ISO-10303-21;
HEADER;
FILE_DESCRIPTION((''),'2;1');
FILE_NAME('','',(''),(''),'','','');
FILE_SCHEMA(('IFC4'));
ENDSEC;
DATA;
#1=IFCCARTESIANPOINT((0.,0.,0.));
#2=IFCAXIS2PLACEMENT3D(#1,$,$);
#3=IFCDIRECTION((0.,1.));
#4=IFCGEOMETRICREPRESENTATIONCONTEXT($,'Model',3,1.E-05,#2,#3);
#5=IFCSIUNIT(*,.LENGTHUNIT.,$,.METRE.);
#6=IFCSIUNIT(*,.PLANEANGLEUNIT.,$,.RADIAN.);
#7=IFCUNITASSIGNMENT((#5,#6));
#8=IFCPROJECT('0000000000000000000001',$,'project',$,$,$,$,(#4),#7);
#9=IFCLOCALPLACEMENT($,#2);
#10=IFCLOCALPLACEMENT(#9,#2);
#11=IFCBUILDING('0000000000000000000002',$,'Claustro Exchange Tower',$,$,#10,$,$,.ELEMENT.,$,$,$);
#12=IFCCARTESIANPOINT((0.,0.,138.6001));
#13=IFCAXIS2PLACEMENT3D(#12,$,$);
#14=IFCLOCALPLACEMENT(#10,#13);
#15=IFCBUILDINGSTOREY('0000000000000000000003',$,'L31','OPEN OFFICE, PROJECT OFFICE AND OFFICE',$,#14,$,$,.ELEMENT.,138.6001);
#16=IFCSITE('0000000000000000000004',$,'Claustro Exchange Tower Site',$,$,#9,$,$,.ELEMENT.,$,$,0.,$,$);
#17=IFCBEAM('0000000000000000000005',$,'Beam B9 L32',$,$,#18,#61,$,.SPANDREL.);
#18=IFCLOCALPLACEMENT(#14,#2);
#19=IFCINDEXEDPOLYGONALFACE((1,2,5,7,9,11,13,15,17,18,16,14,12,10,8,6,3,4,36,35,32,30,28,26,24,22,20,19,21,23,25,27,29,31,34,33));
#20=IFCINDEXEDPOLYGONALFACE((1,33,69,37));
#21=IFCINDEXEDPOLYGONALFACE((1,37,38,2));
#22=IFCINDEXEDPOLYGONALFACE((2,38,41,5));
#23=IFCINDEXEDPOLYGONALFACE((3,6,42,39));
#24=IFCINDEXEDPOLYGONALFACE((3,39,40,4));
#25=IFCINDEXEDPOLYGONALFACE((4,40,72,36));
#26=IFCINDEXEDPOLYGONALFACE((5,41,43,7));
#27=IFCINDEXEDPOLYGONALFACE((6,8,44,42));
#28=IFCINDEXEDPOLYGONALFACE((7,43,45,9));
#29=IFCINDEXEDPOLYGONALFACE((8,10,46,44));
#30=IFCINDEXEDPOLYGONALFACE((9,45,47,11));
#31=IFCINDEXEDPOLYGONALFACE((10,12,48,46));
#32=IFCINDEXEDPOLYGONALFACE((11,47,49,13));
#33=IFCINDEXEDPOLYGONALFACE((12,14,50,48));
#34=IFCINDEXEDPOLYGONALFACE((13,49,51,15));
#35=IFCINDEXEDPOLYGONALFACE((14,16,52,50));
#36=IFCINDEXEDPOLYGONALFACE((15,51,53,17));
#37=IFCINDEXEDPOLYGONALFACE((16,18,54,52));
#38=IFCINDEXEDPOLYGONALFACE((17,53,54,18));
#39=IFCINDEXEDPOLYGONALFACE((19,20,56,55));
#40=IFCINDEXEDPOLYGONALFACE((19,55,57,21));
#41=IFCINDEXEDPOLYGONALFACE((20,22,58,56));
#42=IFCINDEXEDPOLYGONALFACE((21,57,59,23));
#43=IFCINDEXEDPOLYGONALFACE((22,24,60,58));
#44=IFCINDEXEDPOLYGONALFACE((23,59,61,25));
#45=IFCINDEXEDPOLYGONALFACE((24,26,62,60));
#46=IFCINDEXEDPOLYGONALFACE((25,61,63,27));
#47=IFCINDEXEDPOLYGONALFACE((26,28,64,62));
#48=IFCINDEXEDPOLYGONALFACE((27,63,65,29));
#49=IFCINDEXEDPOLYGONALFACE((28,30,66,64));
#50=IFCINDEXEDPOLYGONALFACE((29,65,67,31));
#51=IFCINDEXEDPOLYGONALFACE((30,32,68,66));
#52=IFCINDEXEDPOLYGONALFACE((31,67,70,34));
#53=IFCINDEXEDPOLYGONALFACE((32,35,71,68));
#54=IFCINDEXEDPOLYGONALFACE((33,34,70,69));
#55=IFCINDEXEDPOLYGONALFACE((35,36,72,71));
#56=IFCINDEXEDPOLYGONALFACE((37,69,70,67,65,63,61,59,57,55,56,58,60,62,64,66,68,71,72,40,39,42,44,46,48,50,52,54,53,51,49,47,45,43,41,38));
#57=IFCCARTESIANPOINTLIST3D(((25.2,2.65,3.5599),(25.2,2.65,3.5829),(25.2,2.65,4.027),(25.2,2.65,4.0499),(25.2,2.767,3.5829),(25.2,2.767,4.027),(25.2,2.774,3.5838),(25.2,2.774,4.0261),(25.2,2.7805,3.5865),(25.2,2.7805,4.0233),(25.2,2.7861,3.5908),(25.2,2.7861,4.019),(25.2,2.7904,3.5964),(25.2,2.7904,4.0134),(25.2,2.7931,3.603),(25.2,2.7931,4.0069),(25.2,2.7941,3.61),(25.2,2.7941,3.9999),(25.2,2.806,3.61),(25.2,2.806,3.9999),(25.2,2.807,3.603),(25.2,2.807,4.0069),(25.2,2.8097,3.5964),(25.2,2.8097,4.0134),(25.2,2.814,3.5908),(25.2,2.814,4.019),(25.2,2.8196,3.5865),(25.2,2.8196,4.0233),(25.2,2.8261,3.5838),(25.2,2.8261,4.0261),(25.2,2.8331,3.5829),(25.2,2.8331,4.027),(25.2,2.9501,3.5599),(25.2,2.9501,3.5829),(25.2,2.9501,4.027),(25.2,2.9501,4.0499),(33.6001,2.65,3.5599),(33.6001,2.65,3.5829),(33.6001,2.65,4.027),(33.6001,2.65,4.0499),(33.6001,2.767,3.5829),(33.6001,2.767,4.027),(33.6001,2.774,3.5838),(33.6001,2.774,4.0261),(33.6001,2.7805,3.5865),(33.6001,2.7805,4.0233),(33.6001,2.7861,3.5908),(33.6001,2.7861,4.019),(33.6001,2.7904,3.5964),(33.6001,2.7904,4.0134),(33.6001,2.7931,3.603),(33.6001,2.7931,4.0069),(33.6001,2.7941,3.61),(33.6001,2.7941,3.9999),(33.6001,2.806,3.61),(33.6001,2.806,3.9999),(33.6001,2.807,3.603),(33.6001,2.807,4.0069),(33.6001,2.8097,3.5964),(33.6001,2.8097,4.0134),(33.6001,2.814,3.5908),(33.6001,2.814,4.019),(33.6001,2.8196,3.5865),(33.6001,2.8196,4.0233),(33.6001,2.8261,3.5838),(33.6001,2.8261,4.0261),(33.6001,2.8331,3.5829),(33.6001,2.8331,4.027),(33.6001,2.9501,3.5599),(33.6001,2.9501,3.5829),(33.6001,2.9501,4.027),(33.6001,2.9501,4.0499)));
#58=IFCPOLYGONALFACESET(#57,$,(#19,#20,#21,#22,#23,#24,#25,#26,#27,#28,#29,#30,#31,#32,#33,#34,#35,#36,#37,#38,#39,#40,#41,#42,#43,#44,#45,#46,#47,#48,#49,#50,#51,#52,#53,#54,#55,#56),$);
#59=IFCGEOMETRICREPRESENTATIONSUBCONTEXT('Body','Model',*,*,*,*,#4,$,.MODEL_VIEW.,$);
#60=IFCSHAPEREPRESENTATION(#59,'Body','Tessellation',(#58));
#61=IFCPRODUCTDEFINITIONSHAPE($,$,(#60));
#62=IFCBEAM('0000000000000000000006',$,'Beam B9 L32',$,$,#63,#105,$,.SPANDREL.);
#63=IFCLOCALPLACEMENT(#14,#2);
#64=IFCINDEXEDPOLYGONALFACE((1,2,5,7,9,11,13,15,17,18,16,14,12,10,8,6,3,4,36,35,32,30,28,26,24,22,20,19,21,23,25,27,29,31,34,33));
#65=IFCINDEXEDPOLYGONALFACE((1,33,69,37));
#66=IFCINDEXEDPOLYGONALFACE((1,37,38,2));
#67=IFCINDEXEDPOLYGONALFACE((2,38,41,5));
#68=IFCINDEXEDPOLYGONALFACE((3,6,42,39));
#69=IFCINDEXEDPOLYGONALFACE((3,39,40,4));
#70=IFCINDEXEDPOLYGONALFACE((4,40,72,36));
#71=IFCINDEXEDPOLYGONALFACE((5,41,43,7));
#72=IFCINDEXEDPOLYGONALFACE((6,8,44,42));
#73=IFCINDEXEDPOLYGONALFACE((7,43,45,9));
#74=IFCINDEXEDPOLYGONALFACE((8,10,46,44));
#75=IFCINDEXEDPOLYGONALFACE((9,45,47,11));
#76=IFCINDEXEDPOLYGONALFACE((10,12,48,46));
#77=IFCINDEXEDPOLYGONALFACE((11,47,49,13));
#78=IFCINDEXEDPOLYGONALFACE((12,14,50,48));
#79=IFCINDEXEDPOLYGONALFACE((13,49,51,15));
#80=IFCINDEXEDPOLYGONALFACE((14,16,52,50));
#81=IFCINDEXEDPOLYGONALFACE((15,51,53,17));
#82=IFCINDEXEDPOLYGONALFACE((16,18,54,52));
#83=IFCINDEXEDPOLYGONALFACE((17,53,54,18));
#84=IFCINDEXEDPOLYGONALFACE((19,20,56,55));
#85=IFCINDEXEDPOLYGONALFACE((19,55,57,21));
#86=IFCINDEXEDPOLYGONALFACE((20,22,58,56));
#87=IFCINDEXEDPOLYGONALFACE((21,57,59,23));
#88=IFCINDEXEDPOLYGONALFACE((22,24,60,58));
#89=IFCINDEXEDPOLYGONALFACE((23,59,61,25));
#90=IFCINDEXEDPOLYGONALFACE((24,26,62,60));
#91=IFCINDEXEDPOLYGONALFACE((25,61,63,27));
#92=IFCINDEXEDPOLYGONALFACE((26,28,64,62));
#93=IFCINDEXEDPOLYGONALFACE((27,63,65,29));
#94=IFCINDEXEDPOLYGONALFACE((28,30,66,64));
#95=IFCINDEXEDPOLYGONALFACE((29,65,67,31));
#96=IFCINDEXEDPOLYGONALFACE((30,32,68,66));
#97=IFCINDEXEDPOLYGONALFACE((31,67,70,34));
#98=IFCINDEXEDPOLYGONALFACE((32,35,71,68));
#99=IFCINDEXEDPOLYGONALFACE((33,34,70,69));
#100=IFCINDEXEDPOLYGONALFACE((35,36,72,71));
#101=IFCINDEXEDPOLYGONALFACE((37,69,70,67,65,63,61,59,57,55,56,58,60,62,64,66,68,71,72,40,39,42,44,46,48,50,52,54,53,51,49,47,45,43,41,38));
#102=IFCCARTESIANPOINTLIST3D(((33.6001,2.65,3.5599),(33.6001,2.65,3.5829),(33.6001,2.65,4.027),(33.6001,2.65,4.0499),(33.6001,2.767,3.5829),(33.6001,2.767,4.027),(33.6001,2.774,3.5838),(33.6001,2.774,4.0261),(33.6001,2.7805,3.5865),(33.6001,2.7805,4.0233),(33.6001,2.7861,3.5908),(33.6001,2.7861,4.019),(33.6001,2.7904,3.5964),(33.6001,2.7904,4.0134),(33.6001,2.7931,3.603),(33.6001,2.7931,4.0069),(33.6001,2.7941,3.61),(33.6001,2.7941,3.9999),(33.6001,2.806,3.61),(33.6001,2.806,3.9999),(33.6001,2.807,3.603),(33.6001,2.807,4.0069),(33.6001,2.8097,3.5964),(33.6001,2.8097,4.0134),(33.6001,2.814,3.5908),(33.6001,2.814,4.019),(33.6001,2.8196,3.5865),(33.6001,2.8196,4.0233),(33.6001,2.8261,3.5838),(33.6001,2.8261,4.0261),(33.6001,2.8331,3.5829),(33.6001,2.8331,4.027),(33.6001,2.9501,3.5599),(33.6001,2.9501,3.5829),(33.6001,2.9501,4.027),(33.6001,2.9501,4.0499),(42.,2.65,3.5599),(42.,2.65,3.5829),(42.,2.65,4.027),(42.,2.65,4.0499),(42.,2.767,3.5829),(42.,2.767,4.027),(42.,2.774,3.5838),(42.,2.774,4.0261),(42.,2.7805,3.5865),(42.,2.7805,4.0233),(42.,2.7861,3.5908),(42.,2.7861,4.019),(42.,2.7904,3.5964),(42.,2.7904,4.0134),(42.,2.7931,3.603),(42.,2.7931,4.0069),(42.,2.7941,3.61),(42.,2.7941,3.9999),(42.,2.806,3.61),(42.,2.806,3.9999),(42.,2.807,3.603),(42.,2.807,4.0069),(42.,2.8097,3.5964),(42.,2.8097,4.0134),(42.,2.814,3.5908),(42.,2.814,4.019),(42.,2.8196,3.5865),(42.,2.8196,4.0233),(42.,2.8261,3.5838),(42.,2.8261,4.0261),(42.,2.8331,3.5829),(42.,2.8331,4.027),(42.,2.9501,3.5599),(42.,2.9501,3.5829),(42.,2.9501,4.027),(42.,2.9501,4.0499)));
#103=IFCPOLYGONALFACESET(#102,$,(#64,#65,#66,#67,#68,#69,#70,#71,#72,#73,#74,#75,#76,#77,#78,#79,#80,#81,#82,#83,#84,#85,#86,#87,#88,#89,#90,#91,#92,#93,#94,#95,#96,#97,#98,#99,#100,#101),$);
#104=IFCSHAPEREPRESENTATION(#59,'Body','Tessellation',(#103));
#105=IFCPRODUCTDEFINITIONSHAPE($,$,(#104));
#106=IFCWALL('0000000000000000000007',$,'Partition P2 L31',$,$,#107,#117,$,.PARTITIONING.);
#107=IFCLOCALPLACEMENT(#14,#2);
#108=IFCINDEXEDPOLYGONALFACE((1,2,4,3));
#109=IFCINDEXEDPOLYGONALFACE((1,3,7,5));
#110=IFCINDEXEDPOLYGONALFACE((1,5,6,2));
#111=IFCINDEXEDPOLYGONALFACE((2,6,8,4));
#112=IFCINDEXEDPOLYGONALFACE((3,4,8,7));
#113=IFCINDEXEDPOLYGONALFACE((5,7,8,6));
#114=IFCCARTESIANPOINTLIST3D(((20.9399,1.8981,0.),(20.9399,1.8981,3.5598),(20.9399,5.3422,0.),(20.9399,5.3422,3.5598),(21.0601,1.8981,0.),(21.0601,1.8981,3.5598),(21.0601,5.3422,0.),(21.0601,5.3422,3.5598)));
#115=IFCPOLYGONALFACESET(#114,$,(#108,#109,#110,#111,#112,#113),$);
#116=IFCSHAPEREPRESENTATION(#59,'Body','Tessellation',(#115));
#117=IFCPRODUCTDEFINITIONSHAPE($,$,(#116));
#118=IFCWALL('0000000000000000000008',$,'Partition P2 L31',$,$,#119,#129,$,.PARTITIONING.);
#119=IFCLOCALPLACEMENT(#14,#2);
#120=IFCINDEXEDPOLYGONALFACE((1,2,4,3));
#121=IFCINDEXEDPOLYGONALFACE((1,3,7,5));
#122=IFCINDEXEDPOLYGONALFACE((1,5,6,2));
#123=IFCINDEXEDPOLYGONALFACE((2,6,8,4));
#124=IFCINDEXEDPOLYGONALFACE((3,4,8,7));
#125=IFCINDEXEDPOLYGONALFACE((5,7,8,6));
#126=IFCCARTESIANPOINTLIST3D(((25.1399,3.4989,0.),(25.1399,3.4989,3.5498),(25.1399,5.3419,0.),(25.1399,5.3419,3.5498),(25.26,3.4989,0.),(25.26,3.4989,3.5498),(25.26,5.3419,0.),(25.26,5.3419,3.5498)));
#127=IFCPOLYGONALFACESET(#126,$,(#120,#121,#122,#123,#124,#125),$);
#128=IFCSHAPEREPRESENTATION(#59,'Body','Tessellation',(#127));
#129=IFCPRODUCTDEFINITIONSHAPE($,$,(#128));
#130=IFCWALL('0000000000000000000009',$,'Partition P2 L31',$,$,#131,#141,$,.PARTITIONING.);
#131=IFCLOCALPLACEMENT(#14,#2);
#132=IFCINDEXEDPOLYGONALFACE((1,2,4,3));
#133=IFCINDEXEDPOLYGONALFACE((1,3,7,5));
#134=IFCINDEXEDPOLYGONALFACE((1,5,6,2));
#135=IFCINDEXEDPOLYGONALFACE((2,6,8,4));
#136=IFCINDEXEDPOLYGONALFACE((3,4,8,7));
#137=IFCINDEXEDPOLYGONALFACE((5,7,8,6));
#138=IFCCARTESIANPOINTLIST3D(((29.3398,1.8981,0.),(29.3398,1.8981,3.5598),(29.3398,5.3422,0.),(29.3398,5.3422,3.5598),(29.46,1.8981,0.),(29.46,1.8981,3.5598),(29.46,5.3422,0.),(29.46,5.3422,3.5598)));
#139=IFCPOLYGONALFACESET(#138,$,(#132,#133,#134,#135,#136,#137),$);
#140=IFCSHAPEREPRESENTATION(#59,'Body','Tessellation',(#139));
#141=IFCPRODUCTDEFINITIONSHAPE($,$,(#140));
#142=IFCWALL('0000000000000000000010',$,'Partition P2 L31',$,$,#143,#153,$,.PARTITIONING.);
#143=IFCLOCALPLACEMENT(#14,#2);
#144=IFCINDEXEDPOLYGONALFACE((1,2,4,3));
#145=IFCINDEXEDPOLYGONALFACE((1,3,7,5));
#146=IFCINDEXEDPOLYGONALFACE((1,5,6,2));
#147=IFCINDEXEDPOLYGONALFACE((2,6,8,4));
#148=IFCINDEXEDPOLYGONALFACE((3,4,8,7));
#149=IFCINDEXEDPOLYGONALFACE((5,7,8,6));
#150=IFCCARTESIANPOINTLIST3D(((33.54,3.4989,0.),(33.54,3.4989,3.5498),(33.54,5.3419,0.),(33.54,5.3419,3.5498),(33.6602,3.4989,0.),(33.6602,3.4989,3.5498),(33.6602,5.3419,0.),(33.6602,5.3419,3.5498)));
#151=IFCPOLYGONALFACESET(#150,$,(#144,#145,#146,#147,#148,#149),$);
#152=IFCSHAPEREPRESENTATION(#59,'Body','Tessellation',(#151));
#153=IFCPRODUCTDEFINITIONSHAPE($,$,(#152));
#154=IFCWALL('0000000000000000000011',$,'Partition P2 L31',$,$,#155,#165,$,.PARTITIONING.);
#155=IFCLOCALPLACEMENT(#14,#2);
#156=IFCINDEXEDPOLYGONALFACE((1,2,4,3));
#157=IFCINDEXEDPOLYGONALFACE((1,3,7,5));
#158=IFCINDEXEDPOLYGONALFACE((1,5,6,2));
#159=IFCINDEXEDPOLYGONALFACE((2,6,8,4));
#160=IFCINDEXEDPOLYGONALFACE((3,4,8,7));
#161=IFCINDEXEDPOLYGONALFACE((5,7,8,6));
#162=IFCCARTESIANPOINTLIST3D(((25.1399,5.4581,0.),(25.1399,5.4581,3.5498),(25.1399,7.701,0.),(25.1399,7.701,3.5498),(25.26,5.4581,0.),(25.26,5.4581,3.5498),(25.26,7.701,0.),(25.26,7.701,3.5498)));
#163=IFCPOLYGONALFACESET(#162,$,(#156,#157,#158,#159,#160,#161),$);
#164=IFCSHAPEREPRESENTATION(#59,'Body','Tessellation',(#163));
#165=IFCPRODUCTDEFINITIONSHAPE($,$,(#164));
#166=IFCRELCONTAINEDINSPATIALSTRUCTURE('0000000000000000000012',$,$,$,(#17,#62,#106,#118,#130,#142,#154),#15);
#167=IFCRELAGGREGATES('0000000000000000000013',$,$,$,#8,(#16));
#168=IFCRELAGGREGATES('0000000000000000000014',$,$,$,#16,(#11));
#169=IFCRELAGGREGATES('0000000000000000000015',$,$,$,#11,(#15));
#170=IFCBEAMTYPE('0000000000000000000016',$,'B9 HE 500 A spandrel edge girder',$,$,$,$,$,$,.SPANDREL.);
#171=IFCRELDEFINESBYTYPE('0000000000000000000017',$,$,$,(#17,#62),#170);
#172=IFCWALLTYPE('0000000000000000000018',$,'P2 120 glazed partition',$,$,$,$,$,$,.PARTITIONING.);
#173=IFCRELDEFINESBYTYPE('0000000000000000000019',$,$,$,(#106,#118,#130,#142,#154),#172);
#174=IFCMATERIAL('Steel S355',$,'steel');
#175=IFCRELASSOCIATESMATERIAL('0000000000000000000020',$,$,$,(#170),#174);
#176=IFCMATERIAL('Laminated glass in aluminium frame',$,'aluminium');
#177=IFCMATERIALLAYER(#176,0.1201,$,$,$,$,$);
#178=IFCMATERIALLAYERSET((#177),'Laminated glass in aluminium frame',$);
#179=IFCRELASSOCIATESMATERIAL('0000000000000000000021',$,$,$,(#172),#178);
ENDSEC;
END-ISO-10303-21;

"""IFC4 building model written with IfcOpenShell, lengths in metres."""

from ifc_helpers import new_model, si_unit, direction, frame, frame_2d, origin, origin_2d, place, context, subcontext, project, spatial, rectangle, i_section, extrude, material, layer, layer_set, material_profile, profile_set, type_object, element, save


model = new_model("IFC4")

# Units and contexts
model_context = context("Model", 3, precision=1e-05, world=origin(), true_north=direction((0.0, 1.0)))
body_context = subcontext(model_context, "Body", "Model", "MODEL_VIEW")
ifc_project = project(units=[si_unit("LENGTHUNIT", "METRE"), si_unit("PLANEANGLEUNIT", "RADIAN")], contexts=[model_context])

# Site, building, storey
site_placement = place(None, origin())
site = spatial("IfcSite", under=ifc_project, at=site_placement, Name="Claustro Exchange Tower Site", CompositionType="ELEMENT", RefElevation=0.0)
building_placement = place(site_placement, origin())
building = spatial("IfcBuilding", under=site, at=building_placement, Name="Claustro Exchange Tower", CompositionType="ELEMENT")
storey_placement = place(building_placement, frame((0.0, 0.0, 138.6001)))
storey = spatial("IfcBuildingStorey", under=building, at=storey_placement, Name="L31", Description="OPEN OFFICE, PROJECT OFFICE AND OFFICE", CompositionType="ELEMENT", Elevation=138.6001)

# Beams
ifc_material_1 = material(Name="Steel S355", Category="steel")
ifc_material_profile_1 = material_profile(ifc_material_1, i_section(OverallWidth=0.3, OverallDepth=0.49, WebThickness=0.012, FlangeThickness=0.0229, FilletRadius=0.0271, at=origin_2d()), Name="HE 500 A")
ifc_profile_set_1 = profile_set([ifc_material_profile_1], Name="Steel S355")
beam_type_1 = type_object("IfcBeamType", Name="B9 HE 500 A spandrel edge girder", PredefinedType="SPANDREL", material=ifc_profile_set_1)
beam_1_placement = place(storey_placement, frame((25.2, 2.8, 3.8049), z_axis=(1.0, 0.0, 0.0), x_axis=(0.0, 1.0, 0.0)))
element("IfcBeam", 1, at=beam_1_placement, inside=storey, type_object=beam_type_1, Name="Beam B9 L32", PredefinedType="SPANDREL", context=body_context, shape_type="SweptSolid", body=[
    extrude(i_section(OverallWidth=0.3, OverallDepth=0.49, WebThickness=0.012, FlangeThickness=0.0229, FilletRadius=0.0271, at=origin_2d()), origin(), (0.0, 0.0, 1.0), 8.4001),
])
beam_2_placement = place(storey_placement, frame((33.6001, 2.8, 3.8049), z_axis=(1.0, 0.0, 0.0), x_axis=(0.0, 1.0, 0.0)))
element("IfcBeam", 2, at=beam_2_placement, inside=storey, type_object=beam_type_1, Name="Beam B9 L32", PredefinedType="SPANDREL", context=body_context, shape_type="SweptSolid", body=[
    extrude(i_section(OverallWidth=0.3, OverallDepth=0.49, WebThickness=0.012, FlangeThickness=0.0229, FilletRadius=0.0271, at=origin_2d()), origin(), (0.0, 0.0, 1.0), 8.3999),
])

# Walls
ifc_material_2 = material(Name="Laminated glass in aluminium frame", Category="aluminium")
ifc_layer_1 = layer(ifc_material_2, 0.1201)
ifc_layer_set_1 = layer_set([ifc_layer_1], Name="Laminated glass in aluminium frame")
wall_type_1 = type_object("IfcWallType", Name="P2 120 glazed partition", PredefinedType="PARTITIONING", material=ifc_layer_set_1)
wall_1_placement = place(storey_placement, frame((21.0, 1.8979, 0.0), z_axis=(0.0, 0.0, 1.0), x_axis=(0.0, 1.0, 0.0)))
element("IfcWall", 3, at=wall_1_placement, inside=storey, type_object=wall_type_1, Name="Partition P2 L31", PredefinedType="PARTITIONING", context=body_context, shape_type="SweptSolid", body=[
    extrude(rectangle(XDim=3.4441, YDim=0.1201, at=frame_2d((1.7222, 0.0))), origin(), (0.0, 0.0, 1.0), 3.5598),
])
wall_2_placement = place(storey_placement, frame((25.2, 3.499, 0.0), z_axis=(0.0, 0.0, 1.0), x_axis=(0.0, 1.0, 0.0)))
element("IfcWall", 4, at=wall_2_placement, inside=storey, type_object=wall_type_1, Name="Partition P2 L31", PredefinedType="PARTITIONING", context=body_context, shape_type="SweptSolid", body=[
    extrude(rectangle(XDim=1.843, YDim=0.1201, at=frame_2d((0.9214, 0.0))), origin(), (0.0, 0.0, 1.0), 3.5498),
])
wall_3_placement = place(storey_placement, frame((29.3999, 1.8979, 0.0), z_axis=(0.0, 0.0, 1.0), x_axis=(0.0, 1.0, 0.0)))
element("IfcWall", 5, at=wall_3_placement, inside=storey, type_object=wall_type_1, Name="Partition P2 L31", PredefinedType="PARTITIONING", context=body_context, shape_type="SweptSolid", body=[
    extrude(rectangle(XDim=3.4441, YDim=0.1201, at=frame_2d((1.7222, 0.0))), origin(), (0.0, 0.0, 1.0), 3.5598),
])
wall_4_placement = place(storey_placement, frame((33.6001, 3.499, 0.0), z_axis=(0.0, 0.0, 1.0), x_axis=(0.0, 1.0, 0.0)))
element("IfcWall", 6, at=wall_4_placement, inside=storey, type_object=wall_type_1, Name="Partition P2 L31", PredefinedType="PARTITIONING", context=body_context, shape_type="SweptSolid", body=[
    extrude(rectangle(XDim=1.843, YDim=0.1201, at=frame_2d((0.9214, 0.0))), origin(), (0.0, 0.0, 1.0), 3.5498),
])
wall_5_placement = place(storey_placement, frame((25.2, 5.458, 0.0), z_axis=(0.0, 0.0, 1.0), x_axis=(0.0, 1.0, 0.0)))
element("IfcWall", 7, at=wall_5_placement, inside=storey, type_object=wall_type_1, Name="Partition P2 L31", PredefinedType="PARTITIONING", context=body_context, shape_type="SweptSolid", body=[
    extrude(rectangle(XDim=2.2429, YDim=0.1201, at=frame_2d((1.1216, 0.0))), origin(), (0.0, 0.0, 1.0), 3.5498),
])

save(model, "model.ifc")
